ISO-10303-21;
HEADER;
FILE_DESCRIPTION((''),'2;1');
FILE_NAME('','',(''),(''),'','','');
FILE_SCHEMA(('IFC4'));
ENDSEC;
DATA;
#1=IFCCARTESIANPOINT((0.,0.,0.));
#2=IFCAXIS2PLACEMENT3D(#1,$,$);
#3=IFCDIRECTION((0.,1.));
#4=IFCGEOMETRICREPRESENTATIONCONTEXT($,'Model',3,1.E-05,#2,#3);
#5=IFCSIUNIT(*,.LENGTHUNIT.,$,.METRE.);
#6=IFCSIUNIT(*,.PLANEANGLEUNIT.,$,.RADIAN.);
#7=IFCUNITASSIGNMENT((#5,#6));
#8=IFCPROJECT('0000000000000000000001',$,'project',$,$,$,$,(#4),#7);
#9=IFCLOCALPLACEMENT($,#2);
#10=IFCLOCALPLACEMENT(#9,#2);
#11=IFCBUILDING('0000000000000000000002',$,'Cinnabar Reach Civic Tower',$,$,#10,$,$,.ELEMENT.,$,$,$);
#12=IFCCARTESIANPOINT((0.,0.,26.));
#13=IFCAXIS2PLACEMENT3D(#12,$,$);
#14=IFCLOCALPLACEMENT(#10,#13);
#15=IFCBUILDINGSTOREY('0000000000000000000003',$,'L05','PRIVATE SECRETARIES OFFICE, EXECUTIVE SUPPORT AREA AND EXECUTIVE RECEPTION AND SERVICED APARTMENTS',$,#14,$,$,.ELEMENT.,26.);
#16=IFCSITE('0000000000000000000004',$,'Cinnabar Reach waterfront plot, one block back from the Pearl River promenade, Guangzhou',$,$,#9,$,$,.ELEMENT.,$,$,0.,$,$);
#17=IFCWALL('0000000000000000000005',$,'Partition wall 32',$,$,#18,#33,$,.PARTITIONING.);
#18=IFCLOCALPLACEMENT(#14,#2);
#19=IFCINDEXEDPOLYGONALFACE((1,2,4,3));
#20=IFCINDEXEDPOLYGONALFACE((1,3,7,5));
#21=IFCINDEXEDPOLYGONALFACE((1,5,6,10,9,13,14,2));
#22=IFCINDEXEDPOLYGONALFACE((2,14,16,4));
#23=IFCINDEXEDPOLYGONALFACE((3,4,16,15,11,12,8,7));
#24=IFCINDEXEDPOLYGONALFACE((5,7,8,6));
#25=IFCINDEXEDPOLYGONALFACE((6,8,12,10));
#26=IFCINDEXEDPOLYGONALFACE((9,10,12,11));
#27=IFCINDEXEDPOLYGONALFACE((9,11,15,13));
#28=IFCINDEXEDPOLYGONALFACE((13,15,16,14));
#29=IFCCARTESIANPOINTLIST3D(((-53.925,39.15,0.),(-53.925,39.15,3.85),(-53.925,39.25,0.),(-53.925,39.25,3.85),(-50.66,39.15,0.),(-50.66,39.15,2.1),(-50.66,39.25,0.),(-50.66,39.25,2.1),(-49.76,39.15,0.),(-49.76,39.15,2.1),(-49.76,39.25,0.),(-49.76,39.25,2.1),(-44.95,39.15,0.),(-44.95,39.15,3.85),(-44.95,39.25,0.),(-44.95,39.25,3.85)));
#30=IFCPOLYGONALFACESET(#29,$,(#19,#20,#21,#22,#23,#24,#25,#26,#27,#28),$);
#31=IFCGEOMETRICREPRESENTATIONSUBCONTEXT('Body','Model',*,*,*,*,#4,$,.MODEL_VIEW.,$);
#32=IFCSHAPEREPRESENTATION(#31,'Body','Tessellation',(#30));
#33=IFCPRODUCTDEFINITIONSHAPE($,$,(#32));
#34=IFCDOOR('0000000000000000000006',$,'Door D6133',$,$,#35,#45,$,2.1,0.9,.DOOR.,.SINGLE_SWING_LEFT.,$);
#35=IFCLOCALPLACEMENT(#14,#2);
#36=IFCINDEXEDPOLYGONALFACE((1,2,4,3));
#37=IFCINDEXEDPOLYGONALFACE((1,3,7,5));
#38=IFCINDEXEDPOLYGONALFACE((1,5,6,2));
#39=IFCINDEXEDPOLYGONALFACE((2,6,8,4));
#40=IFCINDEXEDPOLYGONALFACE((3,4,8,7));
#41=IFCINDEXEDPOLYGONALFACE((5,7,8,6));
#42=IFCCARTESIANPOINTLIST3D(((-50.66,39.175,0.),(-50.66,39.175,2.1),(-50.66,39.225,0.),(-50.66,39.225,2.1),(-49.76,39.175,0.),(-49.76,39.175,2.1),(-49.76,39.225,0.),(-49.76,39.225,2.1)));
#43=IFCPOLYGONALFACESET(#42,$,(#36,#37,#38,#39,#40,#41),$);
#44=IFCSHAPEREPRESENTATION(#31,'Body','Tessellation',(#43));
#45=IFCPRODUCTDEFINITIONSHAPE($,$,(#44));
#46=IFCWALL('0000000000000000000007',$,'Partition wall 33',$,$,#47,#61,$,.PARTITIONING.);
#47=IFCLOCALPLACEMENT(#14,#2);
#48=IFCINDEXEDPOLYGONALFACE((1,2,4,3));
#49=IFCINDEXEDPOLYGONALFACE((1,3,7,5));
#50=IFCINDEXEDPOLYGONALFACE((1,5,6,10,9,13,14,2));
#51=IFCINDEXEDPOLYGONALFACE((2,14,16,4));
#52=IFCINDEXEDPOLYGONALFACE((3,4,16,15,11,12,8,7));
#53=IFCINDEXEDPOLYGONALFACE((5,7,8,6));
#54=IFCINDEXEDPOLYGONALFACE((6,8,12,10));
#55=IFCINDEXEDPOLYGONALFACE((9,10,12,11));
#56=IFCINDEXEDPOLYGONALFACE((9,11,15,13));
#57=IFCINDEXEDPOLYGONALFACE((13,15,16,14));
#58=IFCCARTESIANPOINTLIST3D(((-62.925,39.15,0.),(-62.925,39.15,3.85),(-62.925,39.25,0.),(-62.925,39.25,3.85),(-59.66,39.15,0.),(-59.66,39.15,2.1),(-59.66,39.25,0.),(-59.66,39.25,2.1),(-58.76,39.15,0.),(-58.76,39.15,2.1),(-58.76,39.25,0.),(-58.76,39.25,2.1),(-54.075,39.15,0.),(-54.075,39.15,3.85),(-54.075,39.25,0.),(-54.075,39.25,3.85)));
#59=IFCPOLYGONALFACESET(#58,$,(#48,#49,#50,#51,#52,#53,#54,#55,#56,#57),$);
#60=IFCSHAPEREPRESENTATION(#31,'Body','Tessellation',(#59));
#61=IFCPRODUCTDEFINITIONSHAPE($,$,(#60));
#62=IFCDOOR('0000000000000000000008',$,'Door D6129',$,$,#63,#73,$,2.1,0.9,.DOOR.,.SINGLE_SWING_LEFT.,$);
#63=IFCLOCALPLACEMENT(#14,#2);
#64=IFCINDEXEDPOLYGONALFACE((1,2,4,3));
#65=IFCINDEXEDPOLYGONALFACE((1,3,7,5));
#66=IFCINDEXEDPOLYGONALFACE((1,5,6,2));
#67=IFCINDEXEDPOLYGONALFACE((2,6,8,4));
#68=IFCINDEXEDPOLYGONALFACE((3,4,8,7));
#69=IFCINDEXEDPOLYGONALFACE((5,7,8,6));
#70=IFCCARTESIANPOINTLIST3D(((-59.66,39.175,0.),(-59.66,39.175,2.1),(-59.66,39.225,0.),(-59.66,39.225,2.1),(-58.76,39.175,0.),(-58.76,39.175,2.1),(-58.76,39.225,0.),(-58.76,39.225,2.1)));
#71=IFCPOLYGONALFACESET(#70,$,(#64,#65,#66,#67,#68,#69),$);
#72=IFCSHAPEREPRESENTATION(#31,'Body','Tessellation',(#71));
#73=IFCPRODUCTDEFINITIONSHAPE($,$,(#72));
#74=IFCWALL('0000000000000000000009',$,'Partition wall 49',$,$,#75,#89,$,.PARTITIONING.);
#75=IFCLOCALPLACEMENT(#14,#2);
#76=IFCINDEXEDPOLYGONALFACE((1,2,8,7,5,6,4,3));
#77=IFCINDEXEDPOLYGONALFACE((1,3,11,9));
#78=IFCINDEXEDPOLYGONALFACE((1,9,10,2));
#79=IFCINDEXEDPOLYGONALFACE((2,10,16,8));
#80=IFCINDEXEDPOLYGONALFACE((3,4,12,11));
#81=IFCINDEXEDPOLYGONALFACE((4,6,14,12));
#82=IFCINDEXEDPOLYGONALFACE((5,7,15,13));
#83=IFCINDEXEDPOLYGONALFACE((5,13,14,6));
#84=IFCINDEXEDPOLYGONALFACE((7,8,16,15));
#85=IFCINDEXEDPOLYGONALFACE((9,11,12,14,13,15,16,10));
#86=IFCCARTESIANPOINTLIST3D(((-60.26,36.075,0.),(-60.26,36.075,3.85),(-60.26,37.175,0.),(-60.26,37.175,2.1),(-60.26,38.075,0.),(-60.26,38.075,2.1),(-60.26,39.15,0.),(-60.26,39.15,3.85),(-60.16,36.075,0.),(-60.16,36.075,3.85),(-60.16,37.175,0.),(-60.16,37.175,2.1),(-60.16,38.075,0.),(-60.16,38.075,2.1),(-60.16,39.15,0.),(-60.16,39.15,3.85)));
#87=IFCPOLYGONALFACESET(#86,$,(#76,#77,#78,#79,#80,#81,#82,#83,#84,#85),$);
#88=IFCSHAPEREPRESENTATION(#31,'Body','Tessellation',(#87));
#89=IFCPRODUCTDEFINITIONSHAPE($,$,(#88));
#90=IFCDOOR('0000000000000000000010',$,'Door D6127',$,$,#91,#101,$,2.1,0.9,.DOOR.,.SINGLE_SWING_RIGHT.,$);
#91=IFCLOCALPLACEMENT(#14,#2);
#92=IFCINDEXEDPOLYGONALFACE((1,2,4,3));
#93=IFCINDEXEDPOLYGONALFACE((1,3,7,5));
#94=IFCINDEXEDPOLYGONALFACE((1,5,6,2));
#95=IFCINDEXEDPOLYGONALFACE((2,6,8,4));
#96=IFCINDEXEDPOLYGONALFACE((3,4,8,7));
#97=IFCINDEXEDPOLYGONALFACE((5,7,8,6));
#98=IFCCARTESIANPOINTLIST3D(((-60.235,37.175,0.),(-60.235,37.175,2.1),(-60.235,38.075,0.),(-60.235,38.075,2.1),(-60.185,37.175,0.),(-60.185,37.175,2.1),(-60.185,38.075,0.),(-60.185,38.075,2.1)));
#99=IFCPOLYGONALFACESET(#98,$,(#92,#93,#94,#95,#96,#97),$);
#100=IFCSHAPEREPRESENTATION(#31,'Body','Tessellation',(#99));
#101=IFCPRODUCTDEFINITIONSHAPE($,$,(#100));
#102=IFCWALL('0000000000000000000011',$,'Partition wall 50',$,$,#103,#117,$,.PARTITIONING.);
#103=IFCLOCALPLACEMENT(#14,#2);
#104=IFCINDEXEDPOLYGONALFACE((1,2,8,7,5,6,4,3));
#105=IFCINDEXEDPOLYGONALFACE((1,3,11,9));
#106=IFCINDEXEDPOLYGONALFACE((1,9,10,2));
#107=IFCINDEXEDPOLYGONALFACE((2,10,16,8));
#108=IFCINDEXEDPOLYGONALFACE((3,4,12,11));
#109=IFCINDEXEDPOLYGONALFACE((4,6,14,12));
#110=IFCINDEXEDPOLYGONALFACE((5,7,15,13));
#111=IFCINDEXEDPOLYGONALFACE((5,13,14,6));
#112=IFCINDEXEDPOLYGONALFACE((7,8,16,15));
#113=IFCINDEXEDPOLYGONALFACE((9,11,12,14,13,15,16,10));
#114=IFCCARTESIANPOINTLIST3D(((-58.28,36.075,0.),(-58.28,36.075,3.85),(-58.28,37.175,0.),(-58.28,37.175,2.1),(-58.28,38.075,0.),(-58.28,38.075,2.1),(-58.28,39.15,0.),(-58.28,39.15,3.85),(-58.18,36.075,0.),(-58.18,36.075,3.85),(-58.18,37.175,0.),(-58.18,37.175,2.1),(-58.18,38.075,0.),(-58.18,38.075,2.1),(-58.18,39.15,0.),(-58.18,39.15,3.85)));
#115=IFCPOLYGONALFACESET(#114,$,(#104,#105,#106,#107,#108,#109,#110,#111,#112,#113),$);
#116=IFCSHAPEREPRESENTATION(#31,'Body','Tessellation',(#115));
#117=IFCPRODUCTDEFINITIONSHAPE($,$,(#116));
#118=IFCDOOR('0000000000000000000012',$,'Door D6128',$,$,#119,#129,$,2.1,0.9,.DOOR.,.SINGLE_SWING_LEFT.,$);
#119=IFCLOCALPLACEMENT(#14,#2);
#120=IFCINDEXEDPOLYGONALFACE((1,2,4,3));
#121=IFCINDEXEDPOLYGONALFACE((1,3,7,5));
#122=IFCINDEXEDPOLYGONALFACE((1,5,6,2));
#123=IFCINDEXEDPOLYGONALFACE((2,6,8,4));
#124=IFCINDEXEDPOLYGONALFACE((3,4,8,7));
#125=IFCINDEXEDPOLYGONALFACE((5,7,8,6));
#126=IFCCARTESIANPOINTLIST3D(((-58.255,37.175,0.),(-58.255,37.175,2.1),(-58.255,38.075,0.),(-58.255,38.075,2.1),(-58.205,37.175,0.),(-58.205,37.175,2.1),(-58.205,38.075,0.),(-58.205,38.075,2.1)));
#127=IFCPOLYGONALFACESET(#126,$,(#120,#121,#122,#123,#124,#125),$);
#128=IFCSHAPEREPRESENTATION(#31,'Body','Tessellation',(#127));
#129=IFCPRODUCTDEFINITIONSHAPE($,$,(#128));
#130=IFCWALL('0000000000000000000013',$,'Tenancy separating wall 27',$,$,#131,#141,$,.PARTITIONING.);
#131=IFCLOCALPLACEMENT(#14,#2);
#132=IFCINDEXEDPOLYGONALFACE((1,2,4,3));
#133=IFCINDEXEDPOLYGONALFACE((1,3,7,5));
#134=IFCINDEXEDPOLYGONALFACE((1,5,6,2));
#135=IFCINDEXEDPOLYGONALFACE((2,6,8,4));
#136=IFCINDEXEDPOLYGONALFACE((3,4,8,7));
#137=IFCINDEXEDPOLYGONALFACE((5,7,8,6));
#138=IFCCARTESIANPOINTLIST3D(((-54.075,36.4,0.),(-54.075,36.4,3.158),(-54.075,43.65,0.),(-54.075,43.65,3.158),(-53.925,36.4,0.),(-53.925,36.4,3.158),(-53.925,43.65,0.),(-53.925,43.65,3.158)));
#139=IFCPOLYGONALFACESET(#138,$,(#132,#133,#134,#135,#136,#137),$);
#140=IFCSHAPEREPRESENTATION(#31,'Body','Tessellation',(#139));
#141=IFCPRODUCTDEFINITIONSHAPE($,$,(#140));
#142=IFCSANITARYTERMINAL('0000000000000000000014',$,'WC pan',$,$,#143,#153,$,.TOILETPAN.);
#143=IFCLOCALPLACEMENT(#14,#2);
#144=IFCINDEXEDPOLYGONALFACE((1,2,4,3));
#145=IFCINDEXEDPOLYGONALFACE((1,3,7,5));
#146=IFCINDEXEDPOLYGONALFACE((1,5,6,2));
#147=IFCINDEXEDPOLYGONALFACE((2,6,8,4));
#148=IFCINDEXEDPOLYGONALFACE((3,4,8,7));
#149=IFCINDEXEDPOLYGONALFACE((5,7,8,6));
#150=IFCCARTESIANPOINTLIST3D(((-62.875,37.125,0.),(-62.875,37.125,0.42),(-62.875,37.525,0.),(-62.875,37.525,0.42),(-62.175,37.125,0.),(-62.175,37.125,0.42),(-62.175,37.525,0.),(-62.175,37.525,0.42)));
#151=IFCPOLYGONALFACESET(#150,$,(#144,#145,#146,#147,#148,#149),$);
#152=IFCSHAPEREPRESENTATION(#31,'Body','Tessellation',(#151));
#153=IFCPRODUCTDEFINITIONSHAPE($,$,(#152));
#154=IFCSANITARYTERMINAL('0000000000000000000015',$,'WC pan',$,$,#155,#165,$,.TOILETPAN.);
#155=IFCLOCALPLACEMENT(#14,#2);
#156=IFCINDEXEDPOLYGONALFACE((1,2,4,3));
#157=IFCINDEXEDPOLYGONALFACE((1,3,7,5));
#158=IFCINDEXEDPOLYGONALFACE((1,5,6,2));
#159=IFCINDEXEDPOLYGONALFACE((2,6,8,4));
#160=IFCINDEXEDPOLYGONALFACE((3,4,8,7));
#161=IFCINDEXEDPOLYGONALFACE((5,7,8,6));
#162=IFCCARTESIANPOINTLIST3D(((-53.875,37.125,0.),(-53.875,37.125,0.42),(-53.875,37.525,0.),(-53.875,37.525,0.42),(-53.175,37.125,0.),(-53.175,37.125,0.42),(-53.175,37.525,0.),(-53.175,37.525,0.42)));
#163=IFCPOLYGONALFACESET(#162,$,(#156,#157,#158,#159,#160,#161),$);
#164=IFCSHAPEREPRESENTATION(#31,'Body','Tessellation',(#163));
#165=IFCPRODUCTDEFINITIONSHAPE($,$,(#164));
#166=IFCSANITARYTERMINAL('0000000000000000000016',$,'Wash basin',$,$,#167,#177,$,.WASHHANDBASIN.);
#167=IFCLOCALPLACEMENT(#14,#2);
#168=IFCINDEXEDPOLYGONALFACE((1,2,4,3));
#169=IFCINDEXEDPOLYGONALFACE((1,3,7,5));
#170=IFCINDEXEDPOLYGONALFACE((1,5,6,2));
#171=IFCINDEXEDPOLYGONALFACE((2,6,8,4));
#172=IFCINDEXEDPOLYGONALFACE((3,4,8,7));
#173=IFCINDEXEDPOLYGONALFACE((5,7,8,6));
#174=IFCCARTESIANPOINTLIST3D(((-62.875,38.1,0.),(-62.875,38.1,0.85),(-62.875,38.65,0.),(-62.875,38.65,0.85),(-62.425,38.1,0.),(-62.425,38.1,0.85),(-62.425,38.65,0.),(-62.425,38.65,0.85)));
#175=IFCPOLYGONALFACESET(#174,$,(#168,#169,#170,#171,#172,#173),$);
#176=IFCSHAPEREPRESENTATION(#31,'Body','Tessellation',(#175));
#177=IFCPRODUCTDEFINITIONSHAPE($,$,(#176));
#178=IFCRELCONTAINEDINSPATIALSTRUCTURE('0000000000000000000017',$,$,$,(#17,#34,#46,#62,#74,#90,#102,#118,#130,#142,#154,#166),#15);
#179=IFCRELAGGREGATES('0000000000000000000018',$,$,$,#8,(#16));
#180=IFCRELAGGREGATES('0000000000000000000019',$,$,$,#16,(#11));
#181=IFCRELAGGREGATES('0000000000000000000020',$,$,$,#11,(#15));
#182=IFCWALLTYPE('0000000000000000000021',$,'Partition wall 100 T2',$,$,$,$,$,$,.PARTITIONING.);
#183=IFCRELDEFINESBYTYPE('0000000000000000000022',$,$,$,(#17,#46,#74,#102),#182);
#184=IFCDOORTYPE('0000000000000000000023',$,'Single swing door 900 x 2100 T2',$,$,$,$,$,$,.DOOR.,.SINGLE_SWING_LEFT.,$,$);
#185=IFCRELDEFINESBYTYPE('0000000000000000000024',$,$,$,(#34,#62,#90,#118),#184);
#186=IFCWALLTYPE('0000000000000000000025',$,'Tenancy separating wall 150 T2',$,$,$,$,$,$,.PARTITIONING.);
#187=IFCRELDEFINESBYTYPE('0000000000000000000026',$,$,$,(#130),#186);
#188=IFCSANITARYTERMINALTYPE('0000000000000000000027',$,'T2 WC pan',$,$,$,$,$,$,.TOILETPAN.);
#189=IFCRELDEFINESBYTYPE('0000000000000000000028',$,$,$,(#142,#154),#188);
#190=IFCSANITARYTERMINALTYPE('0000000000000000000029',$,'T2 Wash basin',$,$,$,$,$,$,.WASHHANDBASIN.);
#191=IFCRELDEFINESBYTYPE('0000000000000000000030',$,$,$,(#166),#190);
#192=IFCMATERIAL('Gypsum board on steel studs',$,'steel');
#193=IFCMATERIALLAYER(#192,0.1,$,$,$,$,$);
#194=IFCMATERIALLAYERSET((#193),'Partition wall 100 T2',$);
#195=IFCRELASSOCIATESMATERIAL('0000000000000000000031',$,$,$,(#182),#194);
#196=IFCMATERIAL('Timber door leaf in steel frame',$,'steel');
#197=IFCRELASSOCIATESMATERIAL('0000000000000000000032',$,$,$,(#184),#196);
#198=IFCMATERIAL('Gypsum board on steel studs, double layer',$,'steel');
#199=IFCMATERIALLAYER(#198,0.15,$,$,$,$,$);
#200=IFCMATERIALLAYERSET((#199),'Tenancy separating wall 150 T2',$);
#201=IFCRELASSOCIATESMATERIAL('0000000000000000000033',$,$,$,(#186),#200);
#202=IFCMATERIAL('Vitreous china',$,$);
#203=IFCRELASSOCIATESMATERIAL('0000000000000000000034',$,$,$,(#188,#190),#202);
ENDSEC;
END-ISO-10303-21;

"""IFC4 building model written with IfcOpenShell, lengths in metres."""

from ifc_helpers import new_model, si_unit, direction, frame, frame_2d, origin, origin_2d, place, context, subcontext, project, spatial, rectangle, extrude, material, layer, layer_set, type_object, element, fill, save


model = new_model("IFC4")

# Units and contexts
model_context = context("Model", 3, precision=1e-05, world=origin(), true_north=direction((0.0, 1.0)))
body_context = subcontext(model_context, "Body", "Model", "MODEL_VIEW")
ifc_project = project(units=[si_unit("LENGTHUNIT", "METRE"), si_unit("PLANEANGLEUNIT", "RADIAN")], contexts=[model_context])

# Site, building, storey
site_placement = place(None, origin())
site = spatial("IfcSite", under=ifc_project, at=site_placement, Name="Cinnabar Reach waterfront plot, one block back from the Pearl River promenade, Guangzhou", CompositionType="ELEMENT", RefElevation=0.0)
building_placement = place(site_placement, origin())
building = spatial("IfcBuilding", under=site, at=building_placement, Name="Cinnabar Reach Civic Tower", CompositionType="ELEMENT")
storey_placement = place(building_placement, frame((0.0, 0.0, 26.0)))
storey = spatial("IfcBuildingStorey", under=building, at=storey_placement, Name="L05", Description="PRIVATE SECRETARIES OFFICE, EXECUTIVE SUPPORT AREA AND EXECUTIVE RECEPTION AND SERVICED APARTMENTS", CompositionType="ELEMENT", Elevation=26.0)

# Walls, openings, doors
ifc_material_1 = material(Name="Gypsum board on steel studs, double layer", Category="steel")
ifc_material_2 = material(Name="Timber door leaf in steel frame", Category="steel")
ifc_material_3 = material(Name="Gypsum board on steel studs", Category="steel")
ifc_layer_1 = layer(ifc_material_3, 0.1)
ifc_layer_set_1 = layer_set([ifc_layer_1], Name="Partition wall 100 T2")
wall_type_1 = type_object("IfcWallType", Name="Partition wall 100 T2", PredefinedType="PARTITIONING", material=ifc_layer_set_1)
wall_1_placement = place(storey_placement, frame((-53.925, 39.2, 0.0), z_axis=(0.0, 0.0, 1.0), x_axis=(1.0, 0.0, 0.0)))
wall_1 = element("IfcWall", 1, at=wall_1_placement, inside=storey, type_object=wall_type_1, Name="Partition wall 32", PredefinedType="PARTITIONING", context=body_context, shape_type="SweptSolid", body=[
    extrude(rectangle(XDim=8.975, YDim=0.1, at=frame_2d((4.4875, 0.0))), origin(), (0.0, 0.0, 1.0), 3.85),
])
opening_1_placement = place(wall_1_placement, frame((3.265, 0.0, 0.0)))
opening_1 = element("IfcOpeningElement", 2, at=opening_1_placement, cuts=wall_1, PredefinedType="OPENING", context=body_context, shape_type="SweptSolid", body=[
    extrude(rectangle(XDim=0.9, YDim=2.1, at=frame_2d((0.45, 1.05))), frame((0.0, 0.06, 0.0), z_axis=(0.0, -1.0, 0.0), x_axis=(1.0, 0.0, 0.0)), (0.0, 0.0, 1.0), 0.12),
])
door_type_1 = type_object("IfcDoorType", Name="Single swing door 900 x 2100 T2", OperationType="SINGLE_SWING_LEFT", PredefinedType="DOOR", material=ifc_material_2)
door_1_placement = place(opening_1_placement, frame((0.9, 0.0, 0.0), z_axis=(0.0, 0.0, 1.0), x_axis=(-1.0, 0.0, 0.0)))
door_1 = element("IfcDoor", 3, at=door_1_placement, inside=storey, type_object=door_type_1, Name="Door D6133", OperationType="SINGLE_SWING_LEFT", OverallHeight=2.1, OverallWidth=0.9, PredefinedType="DOOR", context=body_context, shape_type="SweptSolid", body=[
    extrude(rectangle(XDim=0.9, YDim=2.1, at=frame_2d((0.45, 1.05))), frame((0.0, 0.025, 0.0), z_axis=(0.0, -1.0, 0.0), x_axis=(1.0, 0.0, 0.0)), (0.0, 0.0, 1.0), 0.05),
])
fill(opening_1, door_1)
wall_2_placement = place(storey_placement, frame((-62.925, 39.2, 0.0), z_axis=(0.0, 0.0, 1.0), x_axis=(1.0, 0.0, 0.0)))
wall_2 = element("IfcWall", 4, at=wall_2_placement, inside=storey, type_object=wall_type_1, Name="Partition wall 33", PredefinedType="PARTITIONING", context=body_context, shape_type="SweptSolid", body=[
    extrude(rectangle(XDim=8.85, YDim=0.1, at=frame_2d((4.425, 0.0))), origin(), (0.0, 0.0, 1.0), 3.85),
])
opening_2_placement = place(wall_2_placement, frame((3.265, 0.0, 0.0)))
opening_2 = element("IfcOpeningElement", 5, at=opening_2_placement, cuts=wall_2, PredefinedType="OPENING", context=body_context, shape_type="SweptSolid", body=[
    extrude(rectangle(XDim=0.9, YDim=2.1, at=frame_2d((0.45, 1.05))), frame((0.0, 0.06, 0.0), z_axis=(0.0, -1.0, 0.0), x_axis=(1.0, 0.0, 0.0)), (0.0, 0.0, 1.0), 0.12),
])
door_2_placement = place(opening_2_placement, frame((0.9, 0.0, 0.0), z_axis=(0.0, 0.0, 1.0), x_axis=(-1.0, 0.0, 0.0)))
door_2 = element("IfcDoor", 6, at=door_2_placement, inside=storey, type_object=door_type_1, Name="Door D6129", OperationType="SINGLE_SWING_LEFT", OverallHeight=2.1, OverallWidth=0.9, PredefinedType="DOOR", context=body_context, shape_type="SweptSolid", body=[
    extrude(rectangle(XDim=0.9, YDim=2.1, at=frame_2d((0.45, 1.05))), frame((0.0, 0.025, 0.0), z_axis=(0.0, -1.0, 0.0), x_axis=(1.0, 0.0, 0.0)), (0.0, 0.0, 1.0), 0.05),
])
fill(opening_2, door_2)
wall_3_placement = place(storey_placement, frame((-60.21, 36.075, 0.0), z_axis=(0.0, 0.0, 1.0), x_axis=(0.0, 1.0, 0.0)))
wall_3 = element("IfcWall", 7, at=wall_3_placement, inside=storey, type_object=wall_type_1, Name="Partition wall 49", PredefinedType="PARTITIONING", context=body_context, shape_type="SweptSolid", body=[
    extrude(rectangle(XDim=3.075, YDim=0.1, at=frame_2d((1.5375, 0.0))), origin(), (0.0, 0.0, 1.0), 3.85),
])
opening_3_placement = place(wall_3_placement, frame((1.1, 0.0, 0.0)))
opening_3 = element("IfcOpeningElement", 8, at=opening_3_placement, cuts=wall_3, PredefinedType="OPENING", context=body_context, shape_type="SweptSolid", body=[
    extrude(rectangle(XDim=0.9, YDim=2.1, at=frame_2d((0.45, 1.05))), frame((0.0, 0.06, 0.0), z_axis=(0.0, -1.0, 0.0), x_axis=(1.0, 0.0, 0.0)), (0.0, 0.0, 1.0), 0.12),
])
door_3_placement = place(opening_3_placement, origin())
door_3 = element("IfcDoor", 9, at=door_3_placement, inside=storey, type_object=door_type_1, Name="Door D6127", OperationType="SINGLE_SWING_RIGHT", OverallHeight=2.1, OverallWidth=0.9, PredefinedType="DOOR", context=body_context, shape_type="SweptSolid", body=[
    extrude(rectangle(XDim=0.9, YDim=2.1, at=frame_2d((0.45, 1.05))), frame((0.0, 0.025, 0.0), z_axis=(0.0, -1.0, 0.0), x_axis=(1.0, 0.0, 0.0)), (0.0, 0.0, 1.0), 0.05),
])
fill(opening_3, door_3)
wall_4_placement = place(storey_placement, frame((-58.23, 36.075, 0.0), z_axis=(0.0, 0.0, 1.0), x_axis=(0.0, 1.0, 0.0)))
wall_4 = element("IfcWall", 10, at=wall_4_placement, inside=storey, type_object=wall_type_1, Name="Partition wall 50", PredefinedType="PARTITIONING", context=body_context, shape_type="SweptSolid", body=[
    extrude(rectangle(XDim=3.075, YDim=0.1, at=frame_2d((1.5375, 0.0))), origin(), (0.0, 0.0, 1.0), 3.85),
])
opening_4_placement = place(wall_4_placement, frame((1.1, 0.0, 0.0)))
opening_4 = element("IfcOpeningElement", 11, at=opening_4_placement, cuts=wall_4, PredefinedType="OPENING", context=body_context, shape_type="SweptSolid", body=[
    extrude(rectangle(XDim=0.9, YDim=2.1, at=frame_2d((0.45, 1.05))), frame((0.0, 0.06, 0.0), z_axis=(0.0, -1.0, 0.0), x_axis=(1.0, 0.0, 0.0)), (0.0, 0.0, 1.0), 0.12),
])
door_4_placement = place(opening_4_placement, origin())
door_4 = element("IfcDoor", 12, at=door_4_placement, inside=storey, type_object=door_type_1, Name="Door D6128", OperationType="SINGLE_SWING_LEFT", OverallHeight=2.1, OverallWidth=0.9, PredefinedType="DOOR", context=body_context, shape_type="SweptSolid", body=[
    extrude(rectangle(XDim=0.9, YDim=2.1, at=frame_2d((0.45, 1.05))), frame((0.0, 0.025, 0.0), z_axis=(0.0, -1.0, 0.0), x_axis=(1.0, 0.0, 0.0)), (0.0, 0.0, 1.0), 0.05),
])
fill(opening_4, door_4)

# Wall
ifc_layer_2 = layer(ifc_material_1, 0.15)
ifc_layer_set_2 = layer_set([ifc_layer_2], Name="Tenancy separating wall 150 T2")
wall_type_2 = type_object("IfcWallType", Name="Tenancy separating wall 150 T2", PredefinedType="PARTITIONING", material=ifc_layer_set_2)
wall_5_placement = place(storey_placement, frame((-54.0, 36.4, 0.0), z_axis=(0.0, 0.0, 1.0), x_axis=(0.0, 1.0, 0.0)))
element("IfcWall", 13, at=wall_5_placement, inside=storey, type_object=wall_type_2, Name="Tenancy separating wall 27", PredefinedType="PARTITIONING", context=body_context, shape_type="SweptSolid", body=[
    extrude(rectangle(XDim=7.25, YDim=0.15, at=frame_2d((3.625, 0.0))), origin(), (0.0, 0.0, 1.0), 3.158),
])

# Sanitary terminals
ifc_material_4 = material(Name="Vitreous china")
sanitary_terminal_type_1 = type_object("IfcSanitaryTerminalType", Name="T2 WC pan", PredefinedType="TOILETPAN", material=ifc_material_4)
for number, where, z_axis, x_axis, name in (
    (14, (-62.525, 37.325, 0.0), (0.0, 0.0, 1.0), (1.0, 0.0, 0.0), "WC pan"),
    (15, (-53.525, 37.325, 0.0), (0.0, 0.0, 1.0), (1.0, 0.0, 0.0), "WC pan"),
):
    element("IfcSanitaryTerminal", number, at=place(storey_placement, frame(where, z_axis=z_axis, x_axis=x_axis)), inside=storey, type_object=sanitary_terminal_type_1, Name=name, PredefinedType="TOILETPAN", context=body_context, shape_type="SweptSolid", body=[
        extrude(rectangle(XDim=0.7, YDim=0.4, at=origin_2d()), origin(), (0.0, 0.0, 1.0), 0.42),
    ])
sanitary_terminal_type_2 = type_object("IfcSanitaryTerminalType", Name="T2 Wash basin", PredefinedType="WASHHANDBASIN", material=ifc_material_4)
for number, where, z_axis, x_axis, name in (
    (16, (-62.65, 38.375, 0.0), (0.0, 0.0, 1.0), (1.0, 0.0, 0.0), "Wash basin"),
):
    element("IfcSanitaryTerminal", number, at=place(storey_placement, frame(where, z_axis=z_axis, x_axis=x_axis)), inside=storey, type_object=sanitary_terminal_type_2, Name=name, PredefinedType="WASHHANDBASIN", context=body_context, shape_type="SweptSolid", body=[
        extrude(rectangle(XDim=0.45, YDim=0.55, at=origin_2d()), origin(), (0.0, 0.0, 1.0), 0.85),
    ])

save(model, "model.ifc")
